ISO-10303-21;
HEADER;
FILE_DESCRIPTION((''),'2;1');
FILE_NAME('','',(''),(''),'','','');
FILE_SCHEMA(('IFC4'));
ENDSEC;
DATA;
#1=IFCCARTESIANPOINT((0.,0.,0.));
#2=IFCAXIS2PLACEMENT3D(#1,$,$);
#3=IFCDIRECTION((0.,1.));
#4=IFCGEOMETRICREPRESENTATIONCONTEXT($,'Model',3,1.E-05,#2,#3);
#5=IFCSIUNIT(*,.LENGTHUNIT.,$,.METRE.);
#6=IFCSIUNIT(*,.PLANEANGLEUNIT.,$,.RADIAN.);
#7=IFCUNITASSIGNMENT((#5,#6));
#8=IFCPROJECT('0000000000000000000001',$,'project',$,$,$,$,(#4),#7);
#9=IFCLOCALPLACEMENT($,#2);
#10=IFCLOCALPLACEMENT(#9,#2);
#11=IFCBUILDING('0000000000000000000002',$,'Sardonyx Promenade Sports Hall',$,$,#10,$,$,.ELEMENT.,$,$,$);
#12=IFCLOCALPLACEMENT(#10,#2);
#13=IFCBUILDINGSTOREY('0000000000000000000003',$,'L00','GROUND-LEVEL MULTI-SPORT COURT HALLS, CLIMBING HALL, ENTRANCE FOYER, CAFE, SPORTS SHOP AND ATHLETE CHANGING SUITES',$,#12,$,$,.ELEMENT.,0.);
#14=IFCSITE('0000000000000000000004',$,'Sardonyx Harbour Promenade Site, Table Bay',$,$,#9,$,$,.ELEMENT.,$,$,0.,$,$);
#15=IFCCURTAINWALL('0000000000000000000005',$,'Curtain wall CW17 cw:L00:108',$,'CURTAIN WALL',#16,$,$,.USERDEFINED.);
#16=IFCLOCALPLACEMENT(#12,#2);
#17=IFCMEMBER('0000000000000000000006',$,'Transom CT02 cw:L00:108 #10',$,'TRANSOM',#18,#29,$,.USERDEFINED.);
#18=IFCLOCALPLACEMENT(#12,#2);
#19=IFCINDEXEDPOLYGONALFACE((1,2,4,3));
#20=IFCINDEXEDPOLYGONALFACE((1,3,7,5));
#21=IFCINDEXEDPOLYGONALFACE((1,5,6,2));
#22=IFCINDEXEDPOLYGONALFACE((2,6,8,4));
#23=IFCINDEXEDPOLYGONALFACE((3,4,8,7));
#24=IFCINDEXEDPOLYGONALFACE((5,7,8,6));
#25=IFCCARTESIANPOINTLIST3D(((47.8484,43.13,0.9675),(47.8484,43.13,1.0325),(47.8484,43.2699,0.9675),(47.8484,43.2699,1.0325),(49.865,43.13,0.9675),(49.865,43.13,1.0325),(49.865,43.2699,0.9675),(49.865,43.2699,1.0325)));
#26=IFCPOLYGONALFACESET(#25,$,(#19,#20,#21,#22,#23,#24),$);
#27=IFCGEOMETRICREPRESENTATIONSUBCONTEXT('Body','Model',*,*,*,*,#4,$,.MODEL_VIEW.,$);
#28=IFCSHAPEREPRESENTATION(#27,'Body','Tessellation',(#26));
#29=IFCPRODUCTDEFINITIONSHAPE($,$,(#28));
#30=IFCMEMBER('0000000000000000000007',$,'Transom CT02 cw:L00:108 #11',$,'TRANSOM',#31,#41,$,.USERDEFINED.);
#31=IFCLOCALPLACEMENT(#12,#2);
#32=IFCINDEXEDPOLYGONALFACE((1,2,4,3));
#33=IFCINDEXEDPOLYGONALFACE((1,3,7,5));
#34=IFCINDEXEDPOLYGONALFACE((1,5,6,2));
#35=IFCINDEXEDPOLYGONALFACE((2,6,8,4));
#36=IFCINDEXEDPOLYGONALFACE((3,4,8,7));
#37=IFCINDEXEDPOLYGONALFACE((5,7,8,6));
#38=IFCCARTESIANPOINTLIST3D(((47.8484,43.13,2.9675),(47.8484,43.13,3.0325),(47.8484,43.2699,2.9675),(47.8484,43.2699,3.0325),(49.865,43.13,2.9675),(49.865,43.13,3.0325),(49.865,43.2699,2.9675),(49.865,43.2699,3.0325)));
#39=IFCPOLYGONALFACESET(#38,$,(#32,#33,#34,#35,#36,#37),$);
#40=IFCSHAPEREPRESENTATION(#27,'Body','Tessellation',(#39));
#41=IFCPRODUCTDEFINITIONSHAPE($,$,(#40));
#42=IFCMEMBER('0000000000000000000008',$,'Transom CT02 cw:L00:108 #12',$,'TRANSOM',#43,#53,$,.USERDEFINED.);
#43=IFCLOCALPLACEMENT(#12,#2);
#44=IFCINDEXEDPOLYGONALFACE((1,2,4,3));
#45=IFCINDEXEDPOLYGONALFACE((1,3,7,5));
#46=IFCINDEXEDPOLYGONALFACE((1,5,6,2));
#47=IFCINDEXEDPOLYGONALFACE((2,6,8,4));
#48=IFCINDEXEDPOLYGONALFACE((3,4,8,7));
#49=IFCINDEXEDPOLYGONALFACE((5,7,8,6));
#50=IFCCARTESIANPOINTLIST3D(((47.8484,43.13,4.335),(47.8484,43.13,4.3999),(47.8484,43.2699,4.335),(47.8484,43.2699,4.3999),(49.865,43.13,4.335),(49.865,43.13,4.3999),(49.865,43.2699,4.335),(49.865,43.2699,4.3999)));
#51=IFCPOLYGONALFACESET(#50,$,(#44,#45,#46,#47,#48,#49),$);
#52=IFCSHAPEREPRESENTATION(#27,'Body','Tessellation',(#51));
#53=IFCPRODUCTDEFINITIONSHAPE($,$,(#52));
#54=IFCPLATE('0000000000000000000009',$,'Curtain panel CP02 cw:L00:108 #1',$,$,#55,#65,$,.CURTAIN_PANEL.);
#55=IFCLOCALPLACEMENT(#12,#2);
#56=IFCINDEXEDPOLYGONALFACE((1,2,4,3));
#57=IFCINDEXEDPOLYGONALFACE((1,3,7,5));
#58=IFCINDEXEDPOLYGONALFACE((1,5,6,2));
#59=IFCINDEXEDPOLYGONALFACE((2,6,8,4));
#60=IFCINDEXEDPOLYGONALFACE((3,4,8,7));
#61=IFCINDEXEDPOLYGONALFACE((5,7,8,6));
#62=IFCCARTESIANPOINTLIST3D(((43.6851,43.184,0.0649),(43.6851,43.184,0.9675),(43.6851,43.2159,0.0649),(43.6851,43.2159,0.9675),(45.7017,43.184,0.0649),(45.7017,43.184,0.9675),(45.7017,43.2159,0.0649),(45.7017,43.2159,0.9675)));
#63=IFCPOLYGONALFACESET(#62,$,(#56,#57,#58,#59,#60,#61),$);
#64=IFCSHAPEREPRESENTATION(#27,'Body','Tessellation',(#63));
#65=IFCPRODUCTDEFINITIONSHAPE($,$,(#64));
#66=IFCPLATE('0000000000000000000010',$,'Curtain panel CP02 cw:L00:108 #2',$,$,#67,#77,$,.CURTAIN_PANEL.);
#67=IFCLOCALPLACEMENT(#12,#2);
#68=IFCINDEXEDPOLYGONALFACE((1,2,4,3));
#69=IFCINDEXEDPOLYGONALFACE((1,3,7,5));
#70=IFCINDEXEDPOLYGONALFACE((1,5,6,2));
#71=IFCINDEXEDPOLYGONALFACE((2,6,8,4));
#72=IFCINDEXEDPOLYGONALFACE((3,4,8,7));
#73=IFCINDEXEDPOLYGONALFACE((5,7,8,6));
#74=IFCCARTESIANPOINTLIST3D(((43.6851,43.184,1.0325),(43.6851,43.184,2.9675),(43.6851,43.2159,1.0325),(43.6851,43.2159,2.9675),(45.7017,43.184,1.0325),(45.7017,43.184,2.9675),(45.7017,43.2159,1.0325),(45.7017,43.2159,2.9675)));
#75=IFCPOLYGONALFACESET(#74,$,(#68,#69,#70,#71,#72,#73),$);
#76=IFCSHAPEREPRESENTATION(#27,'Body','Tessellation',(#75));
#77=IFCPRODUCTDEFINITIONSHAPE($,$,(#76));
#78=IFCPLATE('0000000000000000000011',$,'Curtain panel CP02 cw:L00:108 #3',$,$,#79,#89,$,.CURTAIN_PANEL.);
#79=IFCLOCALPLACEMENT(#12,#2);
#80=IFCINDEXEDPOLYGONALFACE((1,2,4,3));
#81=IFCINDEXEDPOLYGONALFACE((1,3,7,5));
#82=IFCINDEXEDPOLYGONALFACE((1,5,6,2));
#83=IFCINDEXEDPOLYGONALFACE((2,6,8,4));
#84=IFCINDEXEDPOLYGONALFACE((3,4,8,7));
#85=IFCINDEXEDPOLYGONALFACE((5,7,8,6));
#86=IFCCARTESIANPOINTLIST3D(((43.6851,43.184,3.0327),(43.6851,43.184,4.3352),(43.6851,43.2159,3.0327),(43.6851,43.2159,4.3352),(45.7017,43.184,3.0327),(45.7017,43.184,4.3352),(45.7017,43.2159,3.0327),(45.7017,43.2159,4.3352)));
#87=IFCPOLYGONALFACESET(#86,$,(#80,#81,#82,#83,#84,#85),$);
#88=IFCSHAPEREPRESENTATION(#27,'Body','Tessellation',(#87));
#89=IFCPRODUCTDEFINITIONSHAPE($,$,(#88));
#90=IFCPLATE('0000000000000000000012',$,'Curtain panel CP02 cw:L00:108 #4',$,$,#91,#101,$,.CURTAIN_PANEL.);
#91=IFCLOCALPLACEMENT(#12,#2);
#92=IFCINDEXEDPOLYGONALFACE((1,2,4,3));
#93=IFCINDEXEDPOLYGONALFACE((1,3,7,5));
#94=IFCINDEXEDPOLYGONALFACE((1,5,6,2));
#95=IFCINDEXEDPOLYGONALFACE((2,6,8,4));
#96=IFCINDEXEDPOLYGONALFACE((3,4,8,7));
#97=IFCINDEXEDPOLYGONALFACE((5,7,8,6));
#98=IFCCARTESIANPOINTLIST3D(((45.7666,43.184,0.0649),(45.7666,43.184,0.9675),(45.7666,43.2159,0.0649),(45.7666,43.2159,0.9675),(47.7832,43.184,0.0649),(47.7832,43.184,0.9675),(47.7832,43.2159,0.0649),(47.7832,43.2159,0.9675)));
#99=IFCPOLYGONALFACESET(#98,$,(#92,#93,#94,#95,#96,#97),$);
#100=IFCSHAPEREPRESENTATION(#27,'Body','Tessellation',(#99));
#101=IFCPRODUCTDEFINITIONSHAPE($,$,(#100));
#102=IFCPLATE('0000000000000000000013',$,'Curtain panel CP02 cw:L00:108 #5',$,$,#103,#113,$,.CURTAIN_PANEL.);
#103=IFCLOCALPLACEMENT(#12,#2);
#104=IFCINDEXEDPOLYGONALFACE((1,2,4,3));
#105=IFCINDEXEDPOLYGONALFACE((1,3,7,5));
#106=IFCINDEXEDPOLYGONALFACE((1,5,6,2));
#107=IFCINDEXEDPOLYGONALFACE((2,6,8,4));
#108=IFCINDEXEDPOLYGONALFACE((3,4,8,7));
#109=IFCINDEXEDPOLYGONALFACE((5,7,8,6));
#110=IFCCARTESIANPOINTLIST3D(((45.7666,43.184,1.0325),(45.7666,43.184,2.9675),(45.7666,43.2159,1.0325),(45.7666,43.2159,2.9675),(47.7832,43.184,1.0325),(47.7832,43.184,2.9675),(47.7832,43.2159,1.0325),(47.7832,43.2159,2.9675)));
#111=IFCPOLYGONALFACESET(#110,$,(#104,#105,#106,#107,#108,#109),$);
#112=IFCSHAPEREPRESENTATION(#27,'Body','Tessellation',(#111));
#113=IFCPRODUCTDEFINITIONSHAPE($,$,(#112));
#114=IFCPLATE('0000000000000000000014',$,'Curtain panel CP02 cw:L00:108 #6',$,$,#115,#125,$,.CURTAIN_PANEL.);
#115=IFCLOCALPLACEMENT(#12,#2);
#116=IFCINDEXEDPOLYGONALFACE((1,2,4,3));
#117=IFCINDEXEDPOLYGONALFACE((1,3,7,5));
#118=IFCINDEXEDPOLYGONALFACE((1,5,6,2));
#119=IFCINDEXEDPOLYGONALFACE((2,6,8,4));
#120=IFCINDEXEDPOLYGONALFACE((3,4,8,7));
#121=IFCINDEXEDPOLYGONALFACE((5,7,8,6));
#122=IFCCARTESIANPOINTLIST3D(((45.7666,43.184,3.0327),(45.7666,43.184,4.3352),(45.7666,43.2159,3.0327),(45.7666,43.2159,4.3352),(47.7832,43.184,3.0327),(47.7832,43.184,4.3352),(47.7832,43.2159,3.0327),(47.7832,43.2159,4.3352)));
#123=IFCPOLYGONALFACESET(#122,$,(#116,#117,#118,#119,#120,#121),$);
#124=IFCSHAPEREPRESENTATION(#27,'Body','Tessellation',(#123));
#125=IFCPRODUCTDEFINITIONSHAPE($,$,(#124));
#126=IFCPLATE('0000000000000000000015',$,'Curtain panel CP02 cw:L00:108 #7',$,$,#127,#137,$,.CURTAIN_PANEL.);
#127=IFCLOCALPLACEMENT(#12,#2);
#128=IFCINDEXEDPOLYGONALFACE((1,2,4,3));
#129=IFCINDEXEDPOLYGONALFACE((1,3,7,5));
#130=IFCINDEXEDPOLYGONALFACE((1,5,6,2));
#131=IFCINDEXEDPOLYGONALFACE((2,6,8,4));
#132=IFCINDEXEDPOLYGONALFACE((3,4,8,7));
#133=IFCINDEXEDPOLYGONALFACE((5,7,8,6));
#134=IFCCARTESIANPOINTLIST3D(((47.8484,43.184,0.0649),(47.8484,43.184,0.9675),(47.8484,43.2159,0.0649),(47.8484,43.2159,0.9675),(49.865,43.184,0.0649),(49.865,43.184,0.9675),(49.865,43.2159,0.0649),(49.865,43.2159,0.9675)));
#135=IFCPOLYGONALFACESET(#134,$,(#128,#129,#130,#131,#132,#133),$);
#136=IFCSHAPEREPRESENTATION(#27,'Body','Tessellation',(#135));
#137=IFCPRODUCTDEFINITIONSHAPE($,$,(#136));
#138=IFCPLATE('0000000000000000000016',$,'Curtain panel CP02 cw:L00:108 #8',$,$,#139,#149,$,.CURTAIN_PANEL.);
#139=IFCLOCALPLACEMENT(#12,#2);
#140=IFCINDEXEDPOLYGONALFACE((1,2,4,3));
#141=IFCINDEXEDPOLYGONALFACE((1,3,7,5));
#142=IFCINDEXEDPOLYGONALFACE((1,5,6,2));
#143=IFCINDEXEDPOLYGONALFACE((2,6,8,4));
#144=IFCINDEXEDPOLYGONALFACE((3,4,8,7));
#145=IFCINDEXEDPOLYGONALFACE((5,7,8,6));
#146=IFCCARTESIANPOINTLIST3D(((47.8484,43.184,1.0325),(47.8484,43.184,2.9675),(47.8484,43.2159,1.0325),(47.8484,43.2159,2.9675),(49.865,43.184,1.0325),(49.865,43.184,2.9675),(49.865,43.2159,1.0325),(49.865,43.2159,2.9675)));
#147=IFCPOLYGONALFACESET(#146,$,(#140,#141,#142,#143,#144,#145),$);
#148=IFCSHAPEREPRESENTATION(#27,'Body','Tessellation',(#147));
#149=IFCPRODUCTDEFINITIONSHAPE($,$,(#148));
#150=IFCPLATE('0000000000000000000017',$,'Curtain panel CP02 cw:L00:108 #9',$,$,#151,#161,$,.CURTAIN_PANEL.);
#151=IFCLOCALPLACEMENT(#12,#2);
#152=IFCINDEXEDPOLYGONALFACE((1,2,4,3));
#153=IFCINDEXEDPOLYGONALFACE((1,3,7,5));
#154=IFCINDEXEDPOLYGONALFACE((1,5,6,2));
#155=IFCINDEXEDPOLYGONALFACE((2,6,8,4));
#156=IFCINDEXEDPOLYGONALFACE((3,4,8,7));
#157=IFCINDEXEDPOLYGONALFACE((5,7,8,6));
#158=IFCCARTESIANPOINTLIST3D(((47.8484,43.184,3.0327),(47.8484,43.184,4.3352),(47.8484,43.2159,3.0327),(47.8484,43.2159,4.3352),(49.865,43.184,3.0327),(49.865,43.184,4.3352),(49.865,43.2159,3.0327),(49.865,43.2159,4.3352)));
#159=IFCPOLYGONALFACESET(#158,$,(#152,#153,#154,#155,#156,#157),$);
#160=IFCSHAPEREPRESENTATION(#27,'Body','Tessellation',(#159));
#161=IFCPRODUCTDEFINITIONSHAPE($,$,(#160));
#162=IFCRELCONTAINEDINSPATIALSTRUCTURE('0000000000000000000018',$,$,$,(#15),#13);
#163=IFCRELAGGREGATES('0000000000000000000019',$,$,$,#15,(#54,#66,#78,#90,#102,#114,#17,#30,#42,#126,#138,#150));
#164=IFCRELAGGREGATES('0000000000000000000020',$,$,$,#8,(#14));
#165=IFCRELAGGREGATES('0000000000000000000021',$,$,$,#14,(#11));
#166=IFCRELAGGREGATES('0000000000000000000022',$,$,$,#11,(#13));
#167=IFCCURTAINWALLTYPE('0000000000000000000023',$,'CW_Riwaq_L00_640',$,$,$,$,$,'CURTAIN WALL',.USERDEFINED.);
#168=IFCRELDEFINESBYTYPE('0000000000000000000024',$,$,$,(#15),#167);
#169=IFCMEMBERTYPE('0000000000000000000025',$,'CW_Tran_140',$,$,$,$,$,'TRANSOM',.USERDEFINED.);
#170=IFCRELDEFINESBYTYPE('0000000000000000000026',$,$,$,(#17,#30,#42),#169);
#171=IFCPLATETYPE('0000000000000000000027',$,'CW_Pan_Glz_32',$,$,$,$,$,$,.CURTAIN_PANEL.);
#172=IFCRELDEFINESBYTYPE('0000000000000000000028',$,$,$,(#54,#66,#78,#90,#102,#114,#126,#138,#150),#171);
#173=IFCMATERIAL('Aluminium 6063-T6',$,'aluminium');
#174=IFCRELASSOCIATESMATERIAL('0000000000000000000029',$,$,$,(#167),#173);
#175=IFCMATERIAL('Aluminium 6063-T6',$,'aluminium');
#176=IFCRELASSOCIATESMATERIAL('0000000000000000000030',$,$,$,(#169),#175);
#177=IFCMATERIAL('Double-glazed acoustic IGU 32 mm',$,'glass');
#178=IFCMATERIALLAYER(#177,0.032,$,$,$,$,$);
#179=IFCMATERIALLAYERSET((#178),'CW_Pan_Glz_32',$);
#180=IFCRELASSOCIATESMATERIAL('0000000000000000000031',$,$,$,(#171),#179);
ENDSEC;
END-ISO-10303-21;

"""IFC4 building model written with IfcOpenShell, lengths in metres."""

from ifc_helpers import new_model, si_unit, direction, frame, origin, origin_2d, place, context, subcontext, project, spatial, rectangle, extrude, material, layer, layer_set, material_profile, profile_set, type_object, element, aggregate, save


model = new_model("IFC4")

# Units and contexts
model_context = context("Model", 3, precision=1e-05, world=origin(), true_north=direction((0.0, 1.0)))
body_context = subcontext(model_context, "Body", "Model", "MODEL_VIEW")
ifc_project = project(units=[si_unit("LENGTHUNIT", "METRE"), si_unit("PLANEANGLEUNIT", "RADIAN")], contexts=[model_context])

# Site, building, storey
site_placement = place(None, origin())
site = spatial("IfcSite", under=ifc_project, at=site_placement, Name="Sardonyx Harbour Promenade Site, Table Bay", CompositionType="ELEMENT", RefElevation=0.0)
building_placement = place(site_placement, origin())
building = spatial("IfcBuilding", under=site, at=building_placement, Name="Sardonyx Promenade Sports Hall", CompositionType="ELEMENT")
storey_placement = place(building_placement, origin())
storey = spatial("IfcBuildingStorey", under=building, at=storey_placement, Name="L00", Description="GROUND-LEVEL MULTI-SPORT COURT HALLS, CLIMBING HALL, ENTRANCE FOYER, CAFE, SPORTS SHOP AND ATHLETE CHANGING SUITES", CompositionType="ELEMENT", Elevation=0.0)

# Curtain wall, members, plates
ifc_material_1 = material(Name="Aluminium 6063-T6", Category="aluminium")
curtain_wall_type = type_object("IfcCurtainWallType", Name="CW_Riwaq_L00_640", ElementType="CURTAIN WALL", PredefinedType="USERDEFINED", material=ifc_material_1)
curtain_wall_placement = place(storey_placement, origin())
curtain_wall = element("IfcCurtainWall", 1, at=curtain_wall_placement, inside=storey, type_object=curtain_wall_type, Name="Curtain wall CW17 cw:L00:108", ObjectType="CURTAIN WALL", PredefinedType="USERDEFINED")
ifc_material_2 = material(Name="Aluminium 6063-T6", Category="aluminium")
ifc_material_profile_1 = material_profile(ifc_material_2, rectangle(XDim=0.0649, YDim=0.1399, at=origin_2d()))
ifc_profile_set_1 = profile_set([ifc_material_profile_1], Name="Aluminium 6063-T6")
member_type_1 = type_object("IfcMemberType", Name="CW_Tran_140", ElementType="TRANSOM", PredefinedType="USERDEFINED", material=ifc_profile_set_1)
member_1_placement = place(storey_placement, frame((47.8484, 43.2, 1.0), z_axis=(1.0, 0.0, 0.0), x_axis=(0.0, 0.0, 1.0)))
member_1 = element("IfcMember", 2, at=member_1_placement, type_object=member_type_1, Name="Transom CT02 cw:L00:108 #10", ObjectType="TRANSOM", PredefinedType="USERDEFINED", context=body_context, shape_type="SweptSolid", body=[
    extrude(rectangle(XDim=0.0649, YDim=0.1399, at=origin_2d()), origin(), (0.0, 0.0, 1.0), 2.0166),
])
member_2_placement = place(storey_placement, frame((47.8484, 43.2, 3.0), z_axis=(1.0, 0.0, 0.0), x_axis=(0.0, 0.0, 1.0)))
member_2 = element("IfcMember", 3, at=member_2_placement, type_object=member_type_1, Name="Transom CT02 cw:L00:108 #11", ObjectType="TRANSOM", PredefinedType="USERDEFINED", context=body_context, shape_type="SweptSolid", body=[
    extrude(rectangle(XDim=0.0649, YDim=0.1399, at=origin_2d()), origin(), (0.0, 0.0, 1.0), 2.0166),
])
member_3_placement = place(storey_placement, frame((47.8484, 43.2, 4.3674), z_axis=(1.0, 0.0, 0.0), x_axis=(0.0, 0.0, 1.0)))
member_3 = element("IfcMember", 4, at=member_3_placement, type_object=member_type_1, Name="Transom CT02 cw:L00:108 #12", ObjectType="TRANSOM", PredefinedType="USERDEFINED", context=body_context, shape_type="SweptSolid", body=[
    extrude(rectangle(XDim=0.0649, YDim=0.1399, at=origin_2d()), origin(), (0.0, 0.0, 1.0), 2.0166),
])
ifc_material_3 = material(Name="Double-glazed acoustic IGU 32 mm", Category="glass")
ifc_layer = layer(ifc_material_3, 0.032)
ifc_layer_set = layer_set([ifc_layer], Name="CW_Pan_Glz_32")
plate_type = type_object("IfcPlateType", Name="CW_Pan_Glz_32", PredefinedType="CURTAIN_PANEL", material=ifc_layer_set)
plate_1_placement = place(storey_placement, frame((44.6934, 43.2, 0.0649), z_axis=(0.0, 0.0, 1.0), x_axis=(1.0, 0.0, 0.0)))
plate_1 = element("IfcPlate", 5, at=plate_1_placement, type_object=plate_type, Name="Curtain panel CP02 cw:L00:108 #1", PredefinedType="CURTAIN_PANEL", context=body_context, shape_type="SweptSolid", body=[
    extrude(rectangle(XDim=2.0166, YDim=0.032, at=origin_2d()), origin(), (0.0, 0.0, 1.0), 0.9026),
])
plate_2_placement = place(storey_placement, frame((44.6934, 43.2, 1.0325), z_axis=(0.0, 0.0, 1.0), x_axis=(1.0, 0.0, 0.0)))
plate_2 = element("IfcPlate", 6, at=plate_2_placement, type_object=plate_type, Name="Curtain panel CP02 cw:L00:108 #2", PredefinedType="CURTAIN_PANEL", context=body_context, shape_type="SweptSolid", body=[
    extrude(rectangle(XDim=2.0166, YDim=0.032, at=origin_2d()), origin(), (0.0, 0.0, 1.0), 1.9351),
])
plate_3_placement = place(storey_placement, frame((44.6934, 43.2, 3.0327), z_axis=(0.0, 0.0, 1.0), x_axis=(1.0, 0.0, 0.0)))
plate_3 = element("IfcPlate", 7, at=plate_3_placement, type_object=plate_type, Name="Curtain panel CP02 cw:L00:108 #3", PredefinedType="CURTAIN_PANEL", context=body_context, shape_type="SweptSolid", body=[
    extrude(rectangle(XDim=2.0166, YDim=0.032, at=origin_2d()), origin(), (0.0, 0.0, 1.0), 1.3025),
])
plate_4_placement = place(storey_placement, frame((46.7749, 43.2, 0.0649), z_axis=(0.0, 0.0, 1.0), x_axis=(1.0, 0.0, 0.0)))
plate_4 = element("IfcPlate", 8, at=plate_4_placement, type_object=plate_type, Name="Curtain panel CP02 cw:L00:108 #4", PredefinedType="CURTAIN_PANEL", context=body_context, shape_type="SweptSolid", body=[
    extrude(rectangle(XDim=2.0166, YDim=0.032, at=origin_2d()), origin(), (0.0, 0.0, 1.0), 0.9026),
])
plate_5_placement = place(storey_placement, frame((46.7749, 43.2, 1.0325), z_axis=(0.0, 0.0, 1.0), x_axis=(1.0, 0.0, 0.0)))
plate_5 = element("IfcPlate", 9, at=plate_5_placement, type_object=plate_type, Name="Curtain panel CP02 cw:L00:108 #5", PredefinedType="CURTAIN_PANEL", context=body_context, shape_type="SweptSolid", body=[
    extrude(rectangle(XDim=2.0166, YDim=0.032, at=origin_2d()), origin(), (0.0, 0.0, 1.0), 1.9351),
])
plate_6_placement = place(storey_placement, frame((46.7749, 43.2, 3.0327), z_axis=(0.0, 0.0, 1.0), x_axis=(1.0, 0.0, 0.0)))
plate_6 = element("IfcPlate", 10, at=plate_6_placement, type_object=plate_type, Name="Curtain panel CP02 cw:L00:108 #6", PredefinedType="CURTAIN_PANEL", context=body_context, shape_type="SweptSolid", body=[
    extrude(rectangle(XDim=2.0166, YDim=0.032, at=origin_2d()), origin(), (0.0, 0.0, 1.0), 1.3025),
])
plate_7_placement = place(storey_placement, frame((48.8567, 43.2, 0.0649), z_axis=(0.0, 0.0, 1.0), x_axis=(1.0, 0.0, 0.0)))
plate_7 = element("IfcPlate", 11, at=plate_7_placement, type_object=plate_type, Name="Curtain panel CP02 cw:L00:108 #7", PredefinedType="CURTAIN_PANEL", context=body_context, shape_type="SweptSolid", body=[
    extrude(rectangle(XDim=2.0166, YDim=0.032, at=origin_2d()), origin(), (0.0, 0.0, 1.0), 0.9026),
])
plate_8_placement = place(storey_placement, frame((48.8567, 43.2, 1.0325), z_axis=(0.0, 0.0, 1.0), x_axis=(1.0, 0.0, 0.0)))
plate_8 = element("IfcPlate", 12, at=plate_8_placement, type_object=plate_type, Name="Curtain panel CP02 cw:L00:108 #8", PredefinedType="CURTAIN_PANEL", context=body_context, shape_type="SweptSolid", body=[
    extrude(rectangle(XDim=2.0166, YDim=0.032, at=origin_2d()), origin(), (0.0, 0.0, 1.0), 1.9351),
])
plate_9_placement = place(storey_placement, frame((48.8567, 43.2, 3.0327), z_axis=(0.0, 0.0, 1.0), x_axis=(1.0, 0.0, 0.0)))
plate_9 = element("IfcPlate", 13, at=plate_9_placement, type_object=plate_type, Name="Curtain panel CP02 cw:L00:108 #9", PredefinedType="CURTAIN_PANEL", context=body_context, shape_type="SweptSolid", body=[
    extrude(rectangle(XDim=2.0166, YDim=0.032, at=origin_2d()), origin(), (0.0, 0.0, 1.0), 1.3025),
])
aggregate(curtain_wall, [plate_1, plate_2, plate_3, plate_4, plate_5, plate_6, member_1, member_2, member_3, plate_7, plate_8, plate_9])

save(model, "model.ifc")
